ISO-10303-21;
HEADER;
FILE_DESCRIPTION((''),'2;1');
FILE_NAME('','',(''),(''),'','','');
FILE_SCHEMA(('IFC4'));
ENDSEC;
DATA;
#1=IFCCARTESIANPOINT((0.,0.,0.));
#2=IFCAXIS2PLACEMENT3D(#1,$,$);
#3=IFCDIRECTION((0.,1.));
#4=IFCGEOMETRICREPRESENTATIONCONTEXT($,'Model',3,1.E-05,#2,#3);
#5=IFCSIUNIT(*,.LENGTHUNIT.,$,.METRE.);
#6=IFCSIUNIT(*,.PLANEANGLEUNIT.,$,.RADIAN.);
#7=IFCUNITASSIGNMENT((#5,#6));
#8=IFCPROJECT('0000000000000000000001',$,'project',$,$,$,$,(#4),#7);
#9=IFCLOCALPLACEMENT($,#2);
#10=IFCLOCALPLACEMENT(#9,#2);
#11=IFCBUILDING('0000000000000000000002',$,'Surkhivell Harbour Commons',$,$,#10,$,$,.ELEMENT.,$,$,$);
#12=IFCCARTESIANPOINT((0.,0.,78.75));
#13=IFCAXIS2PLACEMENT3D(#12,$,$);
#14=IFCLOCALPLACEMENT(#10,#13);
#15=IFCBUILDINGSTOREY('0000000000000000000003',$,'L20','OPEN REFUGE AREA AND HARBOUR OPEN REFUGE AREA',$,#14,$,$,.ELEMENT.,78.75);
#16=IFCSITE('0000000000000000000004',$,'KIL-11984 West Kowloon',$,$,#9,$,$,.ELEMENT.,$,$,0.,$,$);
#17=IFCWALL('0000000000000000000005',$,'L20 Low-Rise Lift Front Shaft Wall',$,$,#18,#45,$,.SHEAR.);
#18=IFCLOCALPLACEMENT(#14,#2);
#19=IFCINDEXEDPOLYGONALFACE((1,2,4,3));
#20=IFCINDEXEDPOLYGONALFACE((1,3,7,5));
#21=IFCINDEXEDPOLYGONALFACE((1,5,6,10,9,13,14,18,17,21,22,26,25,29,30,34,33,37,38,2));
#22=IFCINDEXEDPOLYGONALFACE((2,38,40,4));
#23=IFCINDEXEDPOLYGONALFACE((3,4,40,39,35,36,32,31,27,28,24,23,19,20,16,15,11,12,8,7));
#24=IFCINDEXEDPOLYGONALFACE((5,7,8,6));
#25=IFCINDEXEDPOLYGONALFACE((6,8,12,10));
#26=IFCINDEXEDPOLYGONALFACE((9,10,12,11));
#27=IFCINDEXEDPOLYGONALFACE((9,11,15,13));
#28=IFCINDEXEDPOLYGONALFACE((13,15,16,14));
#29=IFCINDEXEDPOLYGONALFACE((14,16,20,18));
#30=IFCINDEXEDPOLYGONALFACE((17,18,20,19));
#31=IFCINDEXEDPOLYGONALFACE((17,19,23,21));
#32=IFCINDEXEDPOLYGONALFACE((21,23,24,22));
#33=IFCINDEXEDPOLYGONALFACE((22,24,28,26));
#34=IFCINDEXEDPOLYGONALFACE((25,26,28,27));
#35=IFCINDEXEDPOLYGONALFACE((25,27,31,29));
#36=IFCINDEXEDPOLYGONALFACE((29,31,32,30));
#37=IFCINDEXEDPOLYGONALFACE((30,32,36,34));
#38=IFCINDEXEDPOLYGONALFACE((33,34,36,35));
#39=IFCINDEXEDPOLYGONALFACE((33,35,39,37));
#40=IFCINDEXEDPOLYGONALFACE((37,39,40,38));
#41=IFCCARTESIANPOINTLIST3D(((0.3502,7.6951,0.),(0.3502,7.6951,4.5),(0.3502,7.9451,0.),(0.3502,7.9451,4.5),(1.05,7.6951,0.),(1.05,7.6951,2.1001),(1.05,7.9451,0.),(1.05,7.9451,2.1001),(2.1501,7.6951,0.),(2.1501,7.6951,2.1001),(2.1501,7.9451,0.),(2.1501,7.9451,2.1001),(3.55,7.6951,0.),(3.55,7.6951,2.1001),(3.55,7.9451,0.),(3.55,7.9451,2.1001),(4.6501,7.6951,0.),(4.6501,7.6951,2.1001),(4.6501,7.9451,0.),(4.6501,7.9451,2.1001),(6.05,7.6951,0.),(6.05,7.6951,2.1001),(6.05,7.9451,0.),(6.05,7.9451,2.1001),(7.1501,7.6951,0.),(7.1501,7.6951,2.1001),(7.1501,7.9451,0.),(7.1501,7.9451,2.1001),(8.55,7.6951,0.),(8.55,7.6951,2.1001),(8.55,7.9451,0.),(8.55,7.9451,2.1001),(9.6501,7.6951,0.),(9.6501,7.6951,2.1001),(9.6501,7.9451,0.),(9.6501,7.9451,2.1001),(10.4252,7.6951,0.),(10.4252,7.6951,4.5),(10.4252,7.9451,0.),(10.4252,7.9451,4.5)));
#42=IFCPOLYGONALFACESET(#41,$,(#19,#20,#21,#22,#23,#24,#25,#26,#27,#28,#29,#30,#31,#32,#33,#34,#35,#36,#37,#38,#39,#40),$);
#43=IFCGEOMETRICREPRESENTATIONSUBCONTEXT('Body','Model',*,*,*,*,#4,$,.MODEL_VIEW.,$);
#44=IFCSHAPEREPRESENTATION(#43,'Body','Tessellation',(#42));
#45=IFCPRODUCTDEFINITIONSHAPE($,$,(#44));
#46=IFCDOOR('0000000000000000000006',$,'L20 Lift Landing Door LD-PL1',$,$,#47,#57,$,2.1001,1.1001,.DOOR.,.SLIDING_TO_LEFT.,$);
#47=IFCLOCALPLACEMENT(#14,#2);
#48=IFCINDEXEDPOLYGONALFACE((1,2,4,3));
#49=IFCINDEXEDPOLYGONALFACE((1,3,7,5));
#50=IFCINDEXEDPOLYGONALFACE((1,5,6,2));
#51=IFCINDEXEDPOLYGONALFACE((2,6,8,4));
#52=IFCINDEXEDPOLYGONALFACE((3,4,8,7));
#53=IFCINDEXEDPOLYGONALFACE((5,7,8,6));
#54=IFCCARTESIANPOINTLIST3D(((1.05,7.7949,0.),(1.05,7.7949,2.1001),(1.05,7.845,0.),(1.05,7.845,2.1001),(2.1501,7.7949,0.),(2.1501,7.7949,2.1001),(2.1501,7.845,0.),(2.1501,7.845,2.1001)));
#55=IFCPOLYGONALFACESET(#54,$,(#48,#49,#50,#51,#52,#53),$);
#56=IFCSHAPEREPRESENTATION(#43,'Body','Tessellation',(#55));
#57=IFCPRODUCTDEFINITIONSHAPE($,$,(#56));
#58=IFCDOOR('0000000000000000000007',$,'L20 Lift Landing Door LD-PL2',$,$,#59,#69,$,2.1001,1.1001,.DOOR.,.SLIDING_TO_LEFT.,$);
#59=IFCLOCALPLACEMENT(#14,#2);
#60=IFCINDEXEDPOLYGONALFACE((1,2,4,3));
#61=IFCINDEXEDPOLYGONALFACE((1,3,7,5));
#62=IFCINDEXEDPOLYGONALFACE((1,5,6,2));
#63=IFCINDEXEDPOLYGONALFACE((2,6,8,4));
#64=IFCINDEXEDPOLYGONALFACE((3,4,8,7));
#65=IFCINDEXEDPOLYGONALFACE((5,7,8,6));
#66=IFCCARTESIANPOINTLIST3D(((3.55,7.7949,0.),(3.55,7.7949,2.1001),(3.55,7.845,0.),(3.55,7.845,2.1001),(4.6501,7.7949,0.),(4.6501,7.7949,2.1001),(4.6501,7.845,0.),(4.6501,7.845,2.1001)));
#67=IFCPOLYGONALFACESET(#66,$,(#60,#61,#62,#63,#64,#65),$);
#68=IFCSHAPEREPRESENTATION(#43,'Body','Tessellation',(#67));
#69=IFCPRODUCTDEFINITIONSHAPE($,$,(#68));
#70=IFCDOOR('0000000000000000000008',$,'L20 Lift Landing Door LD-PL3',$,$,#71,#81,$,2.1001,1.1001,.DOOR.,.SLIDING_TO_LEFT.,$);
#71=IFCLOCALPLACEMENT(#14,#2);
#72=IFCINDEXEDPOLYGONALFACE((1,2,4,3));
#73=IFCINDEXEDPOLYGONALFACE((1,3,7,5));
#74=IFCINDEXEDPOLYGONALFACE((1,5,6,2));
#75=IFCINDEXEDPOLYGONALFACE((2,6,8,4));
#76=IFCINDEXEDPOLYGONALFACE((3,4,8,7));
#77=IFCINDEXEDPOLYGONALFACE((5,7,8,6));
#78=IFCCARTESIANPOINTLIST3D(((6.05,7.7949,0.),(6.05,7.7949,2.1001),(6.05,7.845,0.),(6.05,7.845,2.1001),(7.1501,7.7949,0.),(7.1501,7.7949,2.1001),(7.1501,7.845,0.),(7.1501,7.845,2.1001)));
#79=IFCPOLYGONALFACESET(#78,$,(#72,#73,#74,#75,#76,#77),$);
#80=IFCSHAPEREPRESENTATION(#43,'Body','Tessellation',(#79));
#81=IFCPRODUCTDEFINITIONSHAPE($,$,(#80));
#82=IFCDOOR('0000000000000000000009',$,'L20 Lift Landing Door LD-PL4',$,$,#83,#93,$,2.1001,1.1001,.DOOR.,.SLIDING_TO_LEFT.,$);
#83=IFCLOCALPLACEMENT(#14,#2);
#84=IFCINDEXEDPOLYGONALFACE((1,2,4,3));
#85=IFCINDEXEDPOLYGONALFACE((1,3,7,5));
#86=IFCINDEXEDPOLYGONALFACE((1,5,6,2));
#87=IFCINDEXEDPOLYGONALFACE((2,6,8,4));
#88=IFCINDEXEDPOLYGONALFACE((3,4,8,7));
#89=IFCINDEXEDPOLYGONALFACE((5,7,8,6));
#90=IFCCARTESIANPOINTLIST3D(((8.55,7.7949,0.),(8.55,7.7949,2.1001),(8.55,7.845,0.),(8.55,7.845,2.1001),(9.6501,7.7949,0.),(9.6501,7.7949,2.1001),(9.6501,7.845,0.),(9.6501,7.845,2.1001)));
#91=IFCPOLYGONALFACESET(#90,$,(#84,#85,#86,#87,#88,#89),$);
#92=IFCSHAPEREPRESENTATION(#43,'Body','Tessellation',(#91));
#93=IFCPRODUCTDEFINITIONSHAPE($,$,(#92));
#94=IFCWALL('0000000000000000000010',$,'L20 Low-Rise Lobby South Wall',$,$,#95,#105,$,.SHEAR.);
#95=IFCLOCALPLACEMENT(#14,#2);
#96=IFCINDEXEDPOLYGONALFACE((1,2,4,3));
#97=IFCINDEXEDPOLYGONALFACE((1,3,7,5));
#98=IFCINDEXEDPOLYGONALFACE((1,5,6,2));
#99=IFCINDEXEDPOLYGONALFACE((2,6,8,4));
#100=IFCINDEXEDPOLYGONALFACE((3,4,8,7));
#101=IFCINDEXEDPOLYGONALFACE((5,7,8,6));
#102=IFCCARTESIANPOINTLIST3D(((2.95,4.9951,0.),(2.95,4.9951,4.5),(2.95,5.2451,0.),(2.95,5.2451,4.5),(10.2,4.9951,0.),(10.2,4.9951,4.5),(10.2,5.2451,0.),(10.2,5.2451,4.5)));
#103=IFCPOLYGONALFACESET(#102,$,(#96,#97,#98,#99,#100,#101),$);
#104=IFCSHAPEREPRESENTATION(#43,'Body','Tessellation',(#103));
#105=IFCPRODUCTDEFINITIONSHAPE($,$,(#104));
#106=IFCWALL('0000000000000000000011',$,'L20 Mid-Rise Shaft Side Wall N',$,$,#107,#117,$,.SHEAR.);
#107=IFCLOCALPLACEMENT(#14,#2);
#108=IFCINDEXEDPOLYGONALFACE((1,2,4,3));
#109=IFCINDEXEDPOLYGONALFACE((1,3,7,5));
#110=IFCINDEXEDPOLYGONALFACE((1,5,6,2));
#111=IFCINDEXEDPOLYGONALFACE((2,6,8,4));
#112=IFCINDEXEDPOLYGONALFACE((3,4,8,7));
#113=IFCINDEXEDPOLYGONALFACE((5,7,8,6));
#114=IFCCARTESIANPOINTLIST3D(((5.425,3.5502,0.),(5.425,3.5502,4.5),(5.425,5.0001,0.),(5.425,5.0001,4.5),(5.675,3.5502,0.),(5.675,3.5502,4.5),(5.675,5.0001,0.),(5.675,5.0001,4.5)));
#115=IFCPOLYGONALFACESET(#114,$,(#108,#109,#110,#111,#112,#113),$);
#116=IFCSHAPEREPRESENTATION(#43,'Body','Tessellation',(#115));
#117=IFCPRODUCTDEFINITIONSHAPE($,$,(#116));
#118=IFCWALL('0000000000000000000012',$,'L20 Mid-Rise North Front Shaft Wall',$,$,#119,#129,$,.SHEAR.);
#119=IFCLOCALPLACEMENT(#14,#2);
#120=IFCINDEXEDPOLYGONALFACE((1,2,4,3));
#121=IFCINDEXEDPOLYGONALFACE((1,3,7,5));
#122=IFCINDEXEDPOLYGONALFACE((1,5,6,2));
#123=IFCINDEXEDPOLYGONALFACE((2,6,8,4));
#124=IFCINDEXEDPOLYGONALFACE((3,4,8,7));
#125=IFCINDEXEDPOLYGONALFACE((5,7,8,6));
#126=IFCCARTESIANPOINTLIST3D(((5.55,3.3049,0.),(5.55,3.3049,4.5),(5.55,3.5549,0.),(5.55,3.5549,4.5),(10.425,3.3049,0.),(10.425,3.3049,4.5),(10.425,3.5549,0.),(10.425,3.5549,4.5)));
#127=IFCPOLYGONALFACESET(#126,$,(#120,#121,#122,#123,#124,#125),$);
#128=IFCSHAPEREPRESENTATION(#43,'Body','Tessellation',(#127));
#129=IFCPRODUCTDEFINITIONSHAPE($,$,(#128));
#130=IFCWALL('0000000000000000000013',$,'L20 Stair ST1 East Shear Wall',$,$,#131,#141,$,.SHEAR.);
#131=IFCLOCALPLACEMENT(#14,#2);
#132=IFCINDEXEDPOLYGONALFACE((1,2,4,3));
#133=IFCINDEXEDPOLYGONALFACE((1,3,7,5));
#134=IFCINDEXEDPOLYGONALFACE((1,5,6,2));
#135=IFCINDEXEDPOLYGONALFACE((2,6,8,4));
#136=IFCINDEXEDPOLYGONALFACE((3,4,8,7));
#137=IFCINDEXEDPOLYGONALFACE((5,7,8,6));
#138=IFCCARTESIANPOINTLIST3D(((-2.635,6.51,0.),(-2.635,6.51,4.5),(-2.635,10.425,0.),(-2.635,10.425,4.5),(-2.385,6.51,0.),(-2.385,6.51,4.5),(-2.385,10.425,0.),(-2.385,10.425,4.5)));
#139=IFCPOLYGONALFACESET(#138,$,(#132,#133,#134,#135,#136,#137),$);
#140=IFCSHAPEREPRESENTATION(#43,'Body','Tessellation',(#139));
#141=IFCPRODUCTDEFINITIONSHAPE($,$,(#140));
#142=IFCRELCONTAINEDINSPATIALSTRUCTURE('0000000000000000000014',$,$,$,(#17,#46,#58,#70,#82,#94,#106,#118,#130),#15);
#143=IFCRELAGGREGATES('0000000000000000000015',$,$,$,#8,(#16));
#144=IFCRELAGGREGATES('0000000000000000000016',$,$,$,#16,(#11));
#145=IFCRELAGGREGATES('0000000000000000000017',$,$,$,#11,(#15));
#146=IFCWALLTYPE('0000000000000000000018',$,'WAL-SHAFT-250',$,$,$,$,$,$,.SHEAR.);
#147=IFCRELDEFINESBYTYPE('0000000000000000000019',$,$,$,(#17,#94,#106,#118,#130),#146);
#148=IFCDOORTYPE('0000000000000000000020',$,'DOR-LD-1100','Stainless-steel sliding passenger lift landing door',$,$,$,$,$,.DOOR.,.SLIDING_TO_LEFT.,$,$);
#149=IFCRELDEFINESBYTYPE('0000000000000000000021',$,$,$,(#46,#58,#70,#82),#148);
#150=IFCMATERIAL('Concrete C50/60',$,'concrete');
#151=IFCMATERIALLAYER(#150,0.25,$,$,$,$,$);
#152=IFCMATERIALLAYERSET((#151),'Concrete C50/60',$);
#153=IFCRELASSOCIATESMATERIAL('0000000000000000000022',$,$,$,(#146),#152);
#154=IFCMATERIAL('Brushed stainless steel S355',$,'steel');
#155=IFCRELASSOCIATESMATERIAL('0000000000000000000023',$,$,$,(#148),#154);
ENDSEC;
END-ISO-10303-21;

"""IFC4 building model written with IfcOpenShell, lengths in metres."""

from ifc_helpers import new_model, si_unit, direction, frame, frame_2d, origin, place, context, subcontext, project, spatial, rectangle, extrude, material, layer, layer_set, type_object, element, fill, save


model = new_model("IFC4")

# Units and contexts
model_context = context("Model", 3, precision=1e-05, world=origin(), true_north=direction((0.0, 1.0)))
body_context = subcontext(model_context, "Body", "Model", "MODEL_VIEW")
ifc_project = project(units=[si_unit("LENGTHUNIT", "METRE"), si_unit("PLANEANGLEUNIT", "RADIAN")], contexts=[model_context])

# Site, building, storey
site_placement = place(None, origin())
site = spatial("IfcSite", under=ifc_project, at=site_placement, Name="KIL-11984 West Kowloon", CompositionType="ELEMENT", RefElevation=0.0)
building_placement = place(site_placement, origin())
building = spatial("IfcBuilding", under=site, at=building_placement, Name="Surkhivell Harbour Commons", CompositionType="ELEMENT")
storey_placement = place(building_placement, frame((0.0, 0.0, 78.75)))
storey = spatial("IfcBuildingStorey", under=building, at=storey_placement, Name="L20", Description="OPEN REFUGE AREA AND HARBOUR OPEN REFUGE AREA", CompositionType="ELEMENT", Elevation=78.75)

# Shared definitions
ifc_material_1 = material(Name="Concrete C50/60", Category="concrete")
ifc_layer_1 = layer(ifc_material_1, 0.25)
ifc_layer_set_1 = layer_set([ifc_layer_1], Name="Concrete C50/60")
wall_type_1 = type_object("IfcWallType", Name="WAL-SHAFT-250", PredefinedType="SHEAR", material=ifc_layer_set_1)

# Wall, openings, doors
wall_1_placement = place(storey_placement, frame((0.3501, 7.8201, 0.0), z_axis=(0.0, 0.0, 1.0), x_axis=(1.0, 0.0, 0.0)))
wall_1 = element("IfcWall", 1, at=wall_1_placement, inside=storey, type_object=wall_type_1, Name="L20 Low-Rise Lift Front Shaft Wall", PredefinedType="SHEAR", context=body_context, shape_type="SweptSolid", body=[
    extrude(rectangle(XDim=10.075, YDim=0.25, at=frame_2d((5.0376, 0.0))), origin(), (0.0, 0.0, 1.0), 4.5),
])
opening_1_placement = place(wall_1_placement, frame((0.7, 0.0, 0.0)))
opening_1 = element("IfcOpeningElement", 2, at=opening_1_placement, cuts=wall_1, PredefinedType="OPENING", context=body_context, shape_type="SweptSolid", body=[
    extrude(rectangle(XDim=1.1001, YDim=2.1001, at=frame_2d((0.55, 1.05))), frame((0.0, 0.135, 0.0), z_axis=(0.0, -1.0, 0.0), x_axis=(1.0, 0.0, 0.0)), (0.0, 0.0, 1.0), 0.27),
])
opening_2_placement = place(wall_1_placement, frame((3.2, 0.0, 0.0)))
opening_2 = element("IfcOpeningElement", 3, at=opening_2_placement, cuts=wall_1, PredefinedType="OPENING", context=body_context, shape_type="SweptSolid", body=[
    extrude(rectangle(XDim=1.1001, YDim=2.1001, at=frame_2d((0.55, 1.05))), frame((0.0, 0.135, 0.0), z_axis=(0.0, -1.0, 0.0), x_axis=(1.0, 0.0, 0.0)), (0.0, 0.0, 1.0), 0.27),
])
opening_3_placement = place(wall_1_placement, frame((5.7, 0.0, 0.0)))
opening_3 = element("IfcOpeningElement", 4, at=opening_3_placement, cuts=wall_1, PredefinedType="OPENING", context=body_context, shape_type="SweptSolid", body=[
    extrude(rectangle(XDim=1.1001, YDim=2.1001, at=frame_2d((0.55, 1.05))), frame((0.0, 0.135, 0.0), z_axis=(0.0, -1.0, 0.0), x_axis=(1.0, 0.0, 0.0)), (0.0, 0.0, 1.0), 0.27),
])
opening_4_placement = place(wall_1_placement, frame((8.2, 0.0, 0.0)))
opening_4 = element("IfcOpeningElement", 5, at=opening_4_placement, cuts=wall_1, PredefinedType="OPENING", context=body_context, shape_type="SweptSolid", body=[
    extrude(rectangle(XDim=1.1001, YDim=2.1001, at=frame_2d((0.55, 1.05))), frame((0.0, 0.135, 0.0), z_axis=(0.0, -1.0, 0.0), x_axis=(1.0, 0.0, 0.0)), (0.0, 0.0, 1.0), 0.27),
])
ifc_material_2 = material(Name="Brushed stainless steel S355", Category="steel")
door_type_1 = type_object("IfcDoorType", Name="DOR-LD-1100", Description="Stainless-steel sliding passenger lift landing door", OperationType="SLIDING_TO_LEFT", PredefinedType="DOOR", material=ifc_material_2)
door_1_placement = place(opening_1_placement, origin())
door_1 = element("IfcDoor", 6, at=door_1_placement, inside=storey, type_object=door_type_1, Name="L20 Lift Landing Door LD-PL1", OperationType="SLIDING_TO_LEFT", OverallHeight=2.1001, OverallWidth=1.1001, PredefinedType="DOOR", context=body_context, shape_type="SweptSolid", body=[
    extrude(rectangle(XDim=1.1001, YDim=2.1001, at=frame_2d((0.55, 1.05))), frame((0.0, 0.0249, 0.0), z_axis=(0.0, -1.0, 0.0), x_axis=(1.0, 0.0, 0.0)), (0.0, 0.0, 1.0), 0.05),
])
fill(opening_1, door_1)
door_2_placement = place(opening_2_placement, origin())
door_2 = element("IfcDoor", 7, at=door_2_placement, inside=storey, type_object=door_type_1, Name="L20 Lift Landing Door LD-PL2", OperationType="SLIDING_TO_LEFT", OverallHeight=2.1001, OverallWidth=1.1001, PredefinedType="DOOR", context=body_context, shape_type="SweptSolid", body=[
    extrude(rectangle(XDim=1.1001, YDim=2.1001, at=frame_2d((0.55, 1.05))), frame((0.0, 0.0249, 0.0), z_axis=(0.0, -1.0, 0.0), x_axis=(1.0, 0.0, 0.0)), (0.0, 0.0, 1.0), 0.05),
])
fill(opening_2, door_2)
door_3_placement = place(opening_3_placement, origin())
door_3 = element("IfcDoor", 8, at=door_3_placement, inside=storey, type_object=door_type_1, Name="L20 Lift Landing Door LD-PL3", OperationType="SLIDING_TO_LEFT", OverallHeight=2.1001, OverallWidth=1.1001, PredefinedType="DOOR", context=body_context, shape_type="SweptSolid", body=[
    extrude(rectangle(XDim=1.1001, YDim=2.1001, at=frame_2d((0.55, 1.05))), frame((0.0, 0.0249, 0.0), z_axis=(0.0, -1.0, 0.0), x_axis=(1.0, 0.0, 0.0)), (0.0, 0.0, 1.0), 0.05),
])
fill(opening_3, door_3)
door_4_placement = place(opening_4_placement, origin())
door_4 = element("IfcDoor", 9, at=door_4_placement, inside=storey, type_object=door_type_1, Name="L20 Lift Landing Door LD-PL4", OperationType="SLIDING_TO_LEFT", OverallHeight=2.1001, OverallWidth=1.1001, PredefinedType="DOOR", context=body_context, shape_type="SweptSolid", body=[
    extrude(rectangle(XDim=1.1001, YDim=2.1001, at=frame_2d((0.55, 1.05))), frame((0.0, 0.0249, 0.0), z_axis=(0.0, -1.0, 0.0), x_axis=(1.0, 0.0, 0.0)), (0.0, 0.0, 1.0), 0.05),
])
fill(opening_4, door_4)

# Walls
wall_2_placement = place(storey_placement, frame((2.95, 5.1201, 0.0), z_axis=(0.0, 0.0, 1.0), x_axis=(1.0, 0.0, 0.0)))
element("IfcWall", 10, at=wall_2_placement, inside=storey, type_object=wall_type_1, Name="L20 Low-Rise Lobby South Wall", PredefinedType="SHEAR", context=body_context, shape_type="SweptSolid", body=[
    extrude(rectangle(XDim=7.25, YDim=0.25, at=frame_2d((3.625, 0.0))), origin(), (0.0, 0.0, 1.0), 4.5),
])
wall_3_placement = place(storey_placement, frame((5.55, 3.55, 0.0), z_axis=(0.0, 0.0, 1.0), x_axis=(0.0, 1.0, 0.0)))
element("IfcWall", 11, at=wall_3_placement, inside=storey, type_object=wall_type_1, Name="L20 Mid-Rise Shaft Side Wall N", PredefinedType="SHEAR", context=body_context, shape_type="SweptSolid", body=[
    extrude(rectangle(XDim=1.45, YDim=0.25, at=frame_2d((0.7251, 0.0))), origin(), (0.0, 0.0, 1.0), 4.5),
])
wall_4_placement = place(storey_placement, frame((5.55, 3.4299, 0.0), z_axis=(0.0, 0.0, 1.0), x_axis=(1.0, 0.0, 0.0)))
element("IfcWall", 12, at=wall_4_placement, inside=storey, type_object=wall_type_1, Name="L20 Mid-Rise North Front Shaft Wall", PredefinedType="SHEAR", context=body_context, shape_type="SweptSolid", body=[
    extrude(rectangle(XDim=4.875, YDim=0.25, at=frame_2d((2.4375, 0.0))), origin(), (0.0, 0.0, 1.0), 4.5),
])
wall_5_placement = place(storey_placement, frame((-2.51, 6.51, 0.0), z_axis=(0.0, 0.0, 1.0), x_axis=(0.0, 1.0, 0.0)))
element("IfcWall", 13, at=wall_5_placement, inside=storey, type_object=wall_type_1, Name="L20 Stair ST1 East Shear Wall", PredefinedType="SHEAR", context=body_context, shape_type="SweptSolid", body=[
    extrude(rectangle(XDim=3.915, YDim=0.25, at=frame_2d((1.9575, 0.0))), origin(), (0.0, 0.0, 1.0), 4.5),
])

save(model, "model.ifc")
